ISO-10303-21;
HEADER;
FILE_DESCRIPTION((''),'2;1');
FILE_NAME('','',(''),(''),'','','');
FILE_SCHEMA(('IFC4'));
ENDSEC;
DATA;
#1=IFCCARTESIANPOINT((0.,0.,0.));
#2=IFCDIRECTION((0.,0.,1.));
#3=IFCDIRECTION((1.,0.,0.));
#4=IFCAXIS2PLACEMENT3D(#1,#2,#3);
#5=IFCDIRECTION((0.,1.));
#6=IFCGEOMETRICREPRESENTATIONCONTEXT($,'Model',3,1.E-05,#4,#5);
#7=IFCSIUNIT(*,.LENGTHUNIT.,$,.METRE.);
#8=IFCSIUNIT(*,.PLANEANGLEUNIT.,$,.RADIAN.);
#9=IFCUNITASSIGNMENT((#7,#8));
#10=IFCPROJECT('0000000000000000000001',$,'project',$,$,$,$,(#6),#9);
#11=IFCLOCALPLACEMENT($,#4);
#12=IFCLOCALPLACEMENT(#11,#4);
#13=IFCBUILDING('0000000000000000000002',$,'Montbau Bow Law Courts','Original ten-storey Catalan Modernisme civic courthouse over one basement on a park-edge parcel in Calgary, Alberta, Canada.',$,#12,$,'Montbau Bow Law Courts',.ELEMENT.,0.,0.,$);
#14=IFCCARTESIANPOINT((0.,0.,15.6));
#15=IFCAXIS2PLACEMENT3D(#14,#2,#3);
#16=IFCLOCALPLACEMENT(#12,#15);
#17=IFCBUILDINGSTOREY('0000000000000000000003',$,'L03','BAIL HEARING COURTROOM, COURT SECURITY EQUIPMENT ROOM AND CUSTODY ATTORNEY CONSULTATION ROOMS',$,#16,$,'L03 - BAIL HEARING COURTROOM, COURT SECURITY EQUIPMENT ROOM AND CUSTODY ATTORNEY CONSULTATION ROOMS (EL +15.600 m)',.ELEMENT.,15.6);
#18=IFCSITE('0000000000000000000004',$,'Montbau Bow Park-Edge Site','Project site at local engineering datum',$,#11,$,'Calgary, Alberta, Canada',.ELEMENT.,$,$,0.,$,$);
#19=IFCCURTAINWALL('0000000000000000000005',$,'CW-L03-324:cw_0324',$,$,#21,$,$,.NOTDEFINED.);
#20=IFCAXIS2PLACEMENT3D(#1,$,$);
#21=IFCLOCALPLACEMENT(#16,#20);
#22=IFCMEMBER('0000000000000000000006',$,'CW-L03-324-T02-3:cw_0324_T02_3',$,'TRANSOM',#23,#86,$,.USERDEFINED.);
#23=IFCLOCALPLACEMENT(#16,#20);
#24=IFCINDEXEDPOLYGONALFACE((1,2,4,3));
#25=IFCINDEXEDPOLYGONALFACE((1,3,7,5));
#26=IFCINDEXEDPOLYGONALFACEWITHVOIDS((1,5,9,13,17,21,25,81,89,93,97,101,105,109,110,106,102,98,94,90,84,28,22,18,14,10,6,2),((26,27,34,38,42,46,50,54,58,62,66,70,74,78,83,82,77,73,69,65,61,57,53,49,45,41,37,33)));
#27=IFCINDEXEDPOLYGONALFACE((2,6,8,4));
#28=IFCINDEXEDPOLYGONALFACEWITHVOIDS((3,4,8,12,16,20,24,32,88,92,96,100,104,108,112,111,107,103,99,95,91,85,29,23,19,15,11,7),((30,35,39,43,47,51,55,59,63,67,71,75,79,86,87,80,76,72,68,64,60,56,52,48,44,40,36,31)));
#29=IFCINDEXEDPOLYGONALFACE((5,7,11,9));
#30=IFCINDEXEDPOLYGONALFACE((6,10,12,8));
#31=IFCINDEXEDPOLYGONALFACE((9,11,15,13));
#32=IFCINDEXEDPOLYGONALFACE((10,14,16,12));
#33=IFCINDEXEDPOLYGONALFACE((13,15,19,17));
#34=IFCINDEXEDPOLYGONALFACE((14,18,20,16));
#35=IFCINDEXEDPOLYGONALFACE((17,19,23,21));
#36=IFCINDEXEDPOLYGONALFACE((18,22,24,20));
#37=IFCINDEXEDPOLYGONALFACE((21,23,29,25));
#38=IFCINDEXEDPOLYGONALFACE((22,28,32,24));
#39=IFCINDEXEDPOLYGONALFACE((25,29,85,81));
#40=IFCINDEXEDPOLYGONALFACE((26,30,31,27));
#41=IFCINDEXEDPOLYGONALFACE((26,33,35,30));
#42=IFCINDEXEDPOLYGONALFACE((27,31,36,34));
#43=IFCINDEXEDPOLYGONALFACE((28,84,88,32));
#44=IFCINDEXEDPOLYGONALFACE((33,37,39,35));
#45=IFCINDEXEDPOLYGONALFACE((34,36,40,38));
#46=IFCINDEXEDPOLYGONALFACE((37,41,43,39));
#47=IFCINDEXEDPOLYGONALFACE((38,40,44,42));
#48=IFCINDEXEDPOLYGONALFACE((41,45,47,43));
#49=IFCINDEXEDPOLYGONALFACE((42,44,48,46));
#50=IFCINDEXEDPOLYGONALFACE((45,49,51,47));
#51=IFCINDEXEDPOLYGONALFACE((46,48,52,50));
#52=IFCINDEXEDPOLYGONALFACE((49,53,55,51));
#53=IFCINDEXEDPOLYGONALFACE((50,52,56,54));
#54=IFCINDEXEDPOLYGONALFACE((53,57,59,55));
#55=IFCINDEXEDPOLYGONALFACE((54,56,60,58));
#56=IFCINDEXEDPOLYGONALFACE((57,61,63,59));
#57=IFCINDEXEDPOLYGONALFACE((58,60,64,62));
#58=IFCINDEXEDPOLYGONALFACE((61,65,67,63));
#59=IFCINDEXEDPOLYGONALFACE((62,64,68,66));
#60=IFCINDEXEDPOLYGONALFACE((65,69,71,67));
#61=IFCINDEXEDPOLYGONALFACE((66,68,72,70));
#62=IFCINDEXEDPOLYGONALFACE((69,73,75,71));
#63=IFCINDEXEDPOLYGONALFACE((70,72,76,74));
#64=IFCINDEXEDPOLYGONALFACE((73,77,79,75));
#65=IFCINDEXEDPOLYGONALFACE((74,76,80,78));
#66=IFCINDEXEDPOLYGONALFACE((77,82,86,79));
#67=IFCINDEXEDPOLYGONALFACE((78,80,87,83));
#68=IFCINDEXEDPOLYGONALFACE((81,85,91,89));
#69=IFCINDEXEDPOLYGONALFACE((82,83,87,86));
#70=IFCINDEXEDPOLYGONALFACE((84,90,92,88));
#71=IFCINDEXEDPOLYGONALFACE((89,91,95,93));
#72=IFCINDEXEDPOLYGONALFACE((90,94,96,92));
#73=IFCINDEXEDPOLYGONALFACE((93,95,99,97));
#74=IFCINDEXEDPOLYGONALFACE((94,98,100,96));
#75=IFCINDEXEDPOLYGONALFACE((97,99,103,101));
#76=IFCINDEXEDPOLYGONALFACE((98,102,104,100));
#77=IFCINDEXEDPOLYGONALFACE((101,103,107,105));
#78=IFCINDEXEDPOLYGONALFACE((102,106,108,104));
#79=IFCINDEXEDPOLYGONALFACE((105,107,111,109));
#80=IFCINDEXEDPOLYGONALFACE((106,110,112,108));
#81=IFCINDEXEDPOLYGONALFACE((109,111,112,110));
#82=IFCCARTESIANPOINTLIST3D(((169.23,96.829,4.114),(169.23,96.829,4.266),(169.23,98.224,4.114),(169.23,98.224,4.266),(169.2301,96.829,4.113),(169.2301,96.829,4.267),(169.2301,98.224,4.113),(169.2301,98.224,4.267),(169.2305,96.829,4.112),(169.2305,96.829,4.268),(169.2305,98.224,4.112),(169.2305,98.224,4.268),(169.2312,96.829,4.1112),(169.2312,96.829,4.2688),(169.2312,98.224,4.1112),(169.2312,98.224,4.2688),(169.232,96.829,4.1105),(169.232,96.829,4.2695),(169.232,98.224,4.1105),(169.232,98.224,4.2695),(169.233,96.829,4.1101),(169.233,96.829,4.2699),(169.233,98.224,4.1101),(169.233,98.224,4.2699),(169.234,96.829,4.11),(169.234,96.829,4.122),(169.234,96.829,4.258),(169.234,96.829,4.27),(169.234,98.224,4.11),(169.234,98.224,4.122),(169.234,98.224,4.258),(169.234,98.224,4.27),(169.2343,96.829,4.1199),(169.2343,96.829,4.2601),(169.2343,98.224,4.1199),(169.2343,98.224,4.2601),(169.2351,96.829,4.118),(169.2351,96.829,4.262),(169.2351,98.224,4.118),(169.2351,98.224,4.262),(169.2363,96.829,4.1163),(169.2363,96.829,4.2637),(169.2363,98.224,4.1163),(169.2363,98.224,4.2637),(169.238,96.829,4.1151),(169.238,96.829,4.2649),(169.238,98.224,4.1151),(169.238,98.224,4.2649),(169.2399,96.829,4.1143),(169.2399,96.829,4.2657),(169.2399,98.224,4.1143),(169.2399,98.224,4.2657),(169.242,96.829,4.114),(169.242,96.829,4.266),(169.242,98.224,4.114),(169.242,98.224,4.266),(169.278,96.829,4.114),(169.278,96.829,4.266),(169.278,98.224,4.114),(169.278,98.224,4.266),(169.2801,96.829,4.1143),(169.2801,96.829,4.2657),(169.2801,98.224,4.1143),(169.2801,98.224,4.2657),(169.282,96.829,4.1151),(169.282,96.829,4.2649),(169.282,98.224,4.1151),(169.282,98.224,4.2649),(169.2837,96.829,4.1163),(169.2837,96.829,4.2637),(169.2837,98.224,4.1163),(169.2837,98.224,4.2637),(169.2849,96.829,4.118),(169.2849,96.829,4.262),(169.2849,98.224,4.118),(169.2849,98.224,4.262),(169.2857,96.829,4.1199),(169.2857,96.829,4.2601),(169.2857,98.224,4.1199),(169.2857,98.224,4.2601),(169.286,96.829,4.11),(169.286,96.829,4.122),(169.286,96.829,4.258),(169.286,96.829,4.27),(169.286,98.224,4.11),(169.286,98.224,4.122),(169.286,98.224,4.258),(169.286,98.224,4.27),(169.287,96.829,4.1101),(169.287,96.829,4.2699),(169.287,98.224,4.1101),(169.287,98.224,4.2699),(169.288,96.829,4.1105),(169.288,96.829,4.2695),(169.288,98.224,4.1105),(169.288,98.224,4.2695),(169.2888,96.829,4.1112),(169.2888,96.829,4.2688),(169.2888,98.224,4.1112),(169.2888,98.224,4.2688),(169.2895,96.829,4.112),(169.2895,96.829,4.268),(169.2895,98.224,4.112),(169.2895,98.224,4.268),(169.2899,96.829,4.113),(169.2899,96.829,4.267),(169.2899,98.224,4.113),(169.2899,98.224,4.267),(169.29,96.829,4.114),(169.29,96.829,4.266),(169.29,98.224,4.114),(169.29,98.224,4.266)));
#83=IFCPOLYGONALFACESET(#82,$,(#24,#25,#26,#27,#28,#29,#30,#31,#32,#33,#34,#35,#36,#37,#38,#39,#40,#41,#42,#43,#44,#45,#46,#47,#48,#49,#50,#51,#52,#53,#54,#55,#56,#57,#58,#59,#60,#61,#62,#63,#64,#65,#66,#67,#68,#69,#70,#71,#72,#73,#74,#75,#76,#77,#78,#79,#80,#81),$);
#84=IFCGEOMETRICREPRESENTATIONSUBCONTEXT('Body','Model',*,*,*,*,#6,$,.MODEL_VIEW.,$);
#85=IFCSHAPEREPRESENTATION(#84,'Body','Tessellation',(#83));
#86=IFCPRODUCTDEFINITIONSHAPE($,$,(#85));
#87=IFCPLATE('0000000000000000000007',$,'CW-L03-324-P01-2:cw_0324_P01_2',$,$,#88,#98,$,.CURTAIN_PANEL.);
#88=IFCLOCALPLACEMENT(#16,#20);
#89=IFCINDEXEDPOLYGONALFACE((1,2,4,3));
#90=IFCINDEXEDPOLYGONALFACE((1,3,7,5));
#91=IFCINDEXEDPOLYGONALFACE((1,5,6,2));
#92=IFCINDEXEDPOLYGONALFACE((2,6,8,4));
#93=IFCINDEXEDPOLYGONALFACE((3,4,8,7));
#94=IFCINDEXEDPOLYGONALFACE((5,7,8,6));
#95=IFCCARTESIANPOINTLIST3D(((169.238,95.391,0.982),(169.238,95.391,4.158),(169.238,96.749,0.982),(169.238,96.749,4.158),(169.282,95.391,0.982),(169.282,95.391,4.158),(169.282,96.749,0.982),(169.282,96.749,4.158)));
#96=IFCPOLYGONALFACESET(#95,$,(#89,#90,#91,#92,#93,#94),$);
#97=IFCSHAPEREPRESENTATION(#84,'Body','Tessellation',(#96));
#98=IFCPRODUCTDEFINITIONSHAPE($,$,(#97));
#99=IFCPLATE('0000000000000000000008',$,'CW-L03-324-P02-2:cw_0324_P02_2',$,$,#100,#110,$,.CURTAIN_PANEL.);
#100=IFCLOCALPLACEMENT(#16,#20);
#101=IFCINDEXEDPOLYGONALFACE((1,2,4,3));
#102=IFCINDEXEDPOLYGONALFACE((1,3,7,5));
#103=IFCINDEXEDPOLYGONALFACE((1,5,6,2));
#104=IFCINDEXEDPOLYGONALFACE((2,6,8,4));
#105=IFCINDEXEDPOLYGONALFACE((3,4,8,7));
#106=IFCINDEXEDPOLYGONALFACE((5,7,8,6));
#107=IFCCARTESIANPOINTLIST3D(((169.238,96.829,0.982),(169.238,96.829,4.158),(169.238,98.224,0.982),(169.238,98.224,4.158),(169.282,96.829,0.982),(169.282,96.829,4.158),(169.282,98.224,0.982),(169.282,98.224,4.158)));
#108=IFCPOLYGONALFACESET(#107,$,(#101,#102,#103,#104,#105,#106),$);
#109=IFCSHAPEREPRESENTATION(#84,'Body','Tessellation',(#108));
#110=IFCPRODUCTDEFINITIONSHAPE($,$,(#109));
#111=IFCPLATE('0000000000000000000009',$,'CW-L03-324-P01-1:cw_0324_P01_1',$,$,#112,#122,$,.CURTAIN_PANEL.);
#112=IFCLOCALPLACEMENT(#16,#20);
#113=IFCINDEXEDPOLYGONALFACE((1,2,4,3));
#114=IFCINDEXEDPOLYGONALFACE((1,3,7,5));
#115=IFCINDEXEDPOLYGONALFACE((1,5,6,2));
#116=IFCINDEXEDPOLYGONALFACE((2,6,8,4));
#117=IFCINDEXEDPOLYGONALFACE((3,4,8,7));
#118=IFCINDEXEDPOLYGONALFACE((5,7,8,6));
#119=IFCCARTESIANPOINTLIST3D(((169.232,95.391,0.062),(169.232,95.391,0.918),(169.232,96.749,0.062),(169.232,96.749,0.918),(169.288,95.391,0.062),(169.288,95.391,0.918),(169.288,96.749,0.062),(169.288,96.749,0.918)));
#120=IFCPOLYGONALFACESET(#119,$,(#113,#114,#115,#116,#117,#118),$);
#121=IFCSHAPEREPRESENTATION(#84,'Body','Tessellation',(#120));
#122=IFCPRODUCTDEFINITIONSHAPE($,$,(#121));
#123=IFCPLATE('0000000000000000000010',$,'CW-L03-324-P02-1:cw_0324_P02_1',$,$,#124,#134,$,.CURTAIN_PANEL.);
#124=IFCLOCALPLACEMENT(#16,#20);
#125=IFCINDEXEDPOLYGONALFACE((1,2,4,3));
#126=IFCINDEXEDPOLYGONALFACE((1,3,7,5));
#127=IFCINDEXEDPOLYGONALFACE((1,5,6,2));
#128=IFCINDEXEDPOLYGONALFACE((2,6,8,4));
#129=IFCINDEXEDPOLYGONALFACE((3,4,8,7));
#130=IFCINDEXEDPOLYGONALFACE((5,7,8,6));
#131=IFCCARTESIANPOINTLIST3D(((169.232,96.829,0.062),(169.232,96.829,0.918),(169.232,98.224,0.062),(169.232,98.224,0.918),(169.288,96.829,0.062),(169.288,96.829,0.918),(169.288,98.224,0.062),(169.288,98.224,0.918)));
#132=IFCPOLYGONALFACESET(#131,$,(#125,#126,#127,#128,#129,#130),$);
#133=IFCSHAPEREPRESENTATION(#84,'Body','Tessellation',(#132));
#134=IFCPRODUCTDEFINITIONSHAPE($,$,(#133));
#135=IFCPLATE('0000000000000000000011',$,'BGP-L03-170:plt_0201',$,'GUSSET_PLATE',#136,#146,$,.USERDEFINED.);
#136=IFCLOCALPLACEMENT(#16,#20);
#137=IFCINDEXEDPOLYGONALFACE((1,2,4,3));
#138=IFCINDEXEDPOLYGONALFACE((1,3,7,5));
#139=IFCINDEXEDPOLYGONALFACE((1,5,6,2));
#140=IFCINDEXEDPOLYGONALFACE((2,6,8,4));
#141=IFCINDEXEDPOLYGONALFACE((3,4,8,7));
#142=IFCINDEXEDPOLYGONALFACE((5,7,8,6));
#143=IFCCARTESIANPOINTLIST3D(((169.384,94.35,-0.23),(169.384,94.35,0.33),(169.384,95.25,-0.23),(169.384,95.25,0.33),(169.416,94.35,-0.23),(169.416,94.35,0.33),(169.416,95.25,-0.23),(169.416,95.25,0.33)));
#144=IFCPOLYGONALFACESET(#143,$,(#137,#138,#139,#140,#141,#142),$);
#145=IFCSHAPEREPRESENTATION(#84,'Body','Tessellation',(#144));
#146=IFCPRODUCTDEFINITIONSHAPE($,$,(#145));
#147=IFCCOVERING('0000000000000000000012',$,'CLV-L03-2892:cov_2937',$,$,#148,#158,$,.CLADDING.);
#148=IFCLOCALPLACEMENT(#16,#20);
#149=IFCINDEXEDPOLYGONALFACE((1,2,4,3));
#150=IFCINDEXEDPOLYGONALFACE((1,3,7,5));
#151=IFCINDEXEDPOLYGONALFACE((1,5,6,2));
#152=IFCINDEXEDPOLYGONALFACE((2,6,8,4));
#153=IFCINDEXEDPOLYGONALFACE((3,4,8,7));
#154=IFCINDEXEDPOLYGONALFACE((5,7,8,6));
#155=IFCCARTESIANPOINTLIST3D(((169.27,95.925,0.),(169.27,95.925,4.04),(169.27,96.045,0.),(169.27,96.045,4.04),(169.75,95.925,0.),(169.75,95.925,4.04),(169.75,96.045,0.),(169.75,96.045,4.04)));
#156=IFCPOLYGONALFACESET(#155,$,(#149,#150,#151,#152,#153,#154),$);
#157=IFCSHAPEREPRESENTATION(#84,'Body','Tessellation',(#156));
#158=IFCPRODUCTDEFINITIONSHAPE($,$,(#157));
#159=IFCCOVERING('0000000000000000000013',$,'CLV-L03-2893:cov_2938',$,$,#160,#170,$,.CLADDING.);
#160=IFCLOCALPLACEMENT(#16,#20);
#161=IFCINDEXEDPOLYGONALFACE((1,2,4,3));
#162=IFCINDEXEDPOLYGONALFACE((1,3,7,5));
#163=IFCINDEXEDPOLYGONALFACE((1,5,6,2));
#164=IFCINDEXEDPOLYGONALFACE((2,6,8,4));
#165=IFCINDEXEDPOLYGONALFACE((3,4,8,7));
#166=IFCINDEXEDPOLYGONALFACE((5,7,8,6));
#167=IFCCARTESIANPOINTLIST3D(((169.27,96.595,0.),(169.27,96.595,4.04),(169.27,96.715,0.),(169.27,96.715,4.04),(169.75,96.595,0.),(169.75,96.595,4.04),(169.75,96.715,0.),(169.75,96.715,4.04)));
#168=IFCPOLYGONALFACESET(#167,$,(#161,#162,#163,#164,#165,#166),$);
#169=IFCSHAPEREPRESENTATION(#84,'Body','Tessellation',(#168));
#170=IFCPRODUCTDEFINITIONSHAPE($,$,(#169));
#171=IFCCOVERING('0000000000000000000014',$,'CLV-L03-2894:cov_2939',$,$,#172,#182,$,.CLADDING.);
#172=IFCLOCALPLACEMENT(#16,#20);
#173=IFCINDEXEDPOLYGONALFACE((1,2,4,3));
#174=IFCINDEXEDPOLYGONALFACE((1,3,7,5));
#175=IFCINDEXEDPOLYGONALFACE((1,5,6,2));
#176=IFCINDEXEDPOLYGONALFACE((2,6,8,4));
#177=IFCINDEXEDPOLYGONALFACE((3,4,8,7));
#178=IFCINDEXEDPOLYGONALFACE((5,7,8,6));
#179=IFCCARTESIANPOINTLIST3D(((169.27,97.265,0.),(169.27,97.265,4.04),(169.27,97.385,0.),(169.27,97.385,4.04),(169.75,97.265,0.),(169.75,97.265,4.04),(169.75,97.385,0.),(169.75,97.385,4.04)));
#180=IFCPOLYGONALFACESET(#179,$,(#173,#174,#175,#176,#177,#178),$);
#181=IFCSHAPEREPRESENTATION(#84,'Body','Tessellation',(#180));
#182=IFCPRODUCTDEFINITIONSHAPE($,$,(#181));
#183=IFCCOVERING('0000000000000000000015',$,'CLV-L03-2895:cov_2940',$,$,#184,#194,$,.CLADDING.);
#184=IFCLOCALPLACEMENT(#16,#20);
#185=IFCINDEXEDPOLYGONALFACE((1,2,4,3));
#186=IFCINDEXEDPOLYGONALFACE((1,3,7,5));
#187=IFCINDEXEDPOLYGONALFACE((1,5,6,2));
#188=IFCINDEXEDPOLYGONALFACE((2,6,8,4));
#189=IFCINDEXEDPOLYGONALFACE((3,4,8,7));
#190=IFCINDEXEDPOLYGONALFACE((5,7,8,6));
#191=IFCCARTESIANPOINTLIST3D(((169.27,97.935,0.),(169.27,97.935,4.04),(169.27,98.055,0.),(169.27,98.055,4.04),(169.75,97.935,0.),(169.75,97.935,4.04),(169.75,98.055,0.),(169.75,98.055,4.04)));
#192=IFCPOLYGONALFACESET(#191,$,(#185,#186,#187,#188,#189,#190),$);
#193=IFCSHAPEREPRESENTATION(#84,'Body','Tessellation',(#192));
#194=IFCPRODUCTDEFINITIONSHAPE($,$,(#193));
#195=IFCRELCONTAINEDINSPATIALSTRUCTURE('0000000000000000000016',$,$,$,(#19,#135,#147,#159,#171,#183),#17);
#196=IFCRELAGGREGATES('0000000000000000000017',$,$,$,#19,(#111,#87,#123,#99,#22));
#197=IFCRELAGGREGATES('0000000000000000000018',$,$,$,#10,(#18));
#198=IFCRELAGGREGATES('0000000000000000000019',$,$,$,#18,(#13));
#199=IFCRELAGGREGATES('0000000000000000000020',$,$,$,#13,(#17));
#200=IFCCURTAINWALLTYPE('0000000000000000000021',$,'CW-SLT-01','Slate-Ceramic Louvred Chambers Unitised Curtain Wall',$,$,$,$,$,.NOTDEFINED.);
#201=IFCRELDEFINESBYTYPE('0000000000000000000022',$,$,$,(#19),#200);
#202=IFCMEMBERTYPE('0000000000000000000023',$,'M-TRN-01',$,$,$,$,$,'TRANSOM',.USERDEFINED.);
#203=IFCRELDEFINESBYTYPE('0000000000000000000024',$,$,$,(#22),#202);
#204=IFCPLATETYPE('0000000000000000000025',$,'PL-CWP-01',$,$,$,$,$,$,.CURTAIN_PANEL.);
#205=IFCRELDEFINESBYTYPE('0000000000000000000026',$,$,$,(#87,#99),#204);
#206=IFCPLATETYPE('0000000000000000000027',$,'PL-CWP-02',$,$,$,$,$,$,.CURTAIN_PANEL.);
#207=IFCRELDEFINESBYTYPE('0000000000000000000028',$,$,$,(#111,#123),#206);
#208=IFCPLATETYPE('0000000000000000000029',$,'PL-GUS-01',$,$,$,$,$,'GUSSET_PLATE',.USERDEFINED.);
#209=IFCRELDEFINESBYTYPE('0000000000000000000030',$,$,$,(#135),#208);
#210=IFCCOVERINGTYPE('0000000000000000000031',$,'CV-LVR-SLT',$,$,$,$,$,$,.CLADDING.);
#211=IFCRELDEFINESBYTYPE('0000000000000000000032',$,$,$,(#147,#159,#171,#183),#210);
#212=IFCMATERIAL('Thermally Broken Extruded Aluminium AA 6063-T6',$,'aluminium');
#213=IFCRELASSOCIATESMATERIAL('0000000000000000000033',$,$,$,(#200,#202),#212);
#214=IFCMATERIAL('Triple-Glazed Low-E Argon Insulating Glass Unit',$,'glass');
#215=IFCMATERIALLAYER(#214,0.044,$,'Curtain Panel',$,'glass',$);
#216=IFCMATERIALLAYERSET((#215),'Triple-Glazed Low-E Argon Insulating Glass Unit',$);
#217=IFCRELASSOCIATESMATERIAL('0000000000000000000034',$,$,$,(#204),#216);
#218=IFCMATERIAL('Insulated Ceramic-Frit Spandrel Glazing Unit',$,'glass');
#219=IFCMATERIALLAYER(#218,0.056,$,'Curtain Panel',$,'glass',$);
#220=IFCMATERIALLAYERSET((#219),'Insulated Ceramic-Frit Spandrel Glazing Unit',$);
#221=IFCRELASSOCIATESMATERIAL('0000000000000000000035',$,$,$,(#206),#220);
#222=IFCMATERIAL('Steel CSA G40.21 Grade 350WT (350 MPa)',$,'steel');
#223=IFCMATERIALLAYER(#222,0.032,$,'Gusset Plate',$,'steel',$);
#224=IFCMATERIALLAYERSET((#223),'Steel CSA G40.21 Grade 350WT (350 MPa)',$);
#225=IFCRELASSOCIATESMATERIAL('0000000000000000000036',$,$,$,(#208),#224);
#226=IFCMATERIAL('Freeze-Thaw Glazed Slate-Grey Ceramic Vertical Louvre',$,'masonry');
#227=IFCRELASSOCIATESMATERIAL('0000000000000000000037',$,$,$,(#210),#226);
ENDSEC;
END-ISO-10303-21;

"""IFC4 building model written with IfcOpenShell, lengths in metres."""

from ifc_helpers import new_model, si_unit, direction, frame, frame_2d, origin_with_axes, origin_2d_with_axis, place, context, subcontext, project, spatial, rectangle, hollow_rectangle, extrude, material, layer, layer_set, material_profile, profile_set, type_object, element, aggregate, save


model = new_model("IFC4")

# Units and contexts
model_context = context("Model", 3, precision=1e-05, world=origin_with_axes(), true_north=direction((0.0, 1.0)))
body_context = subcontext(model_context, "Body", "Model", "MODEL_VIEW")
ifc_project = project(units=[si_unit("LENGTHUNIT", "METRE"), si_unit("PLANEANGLEUNIT", "RADIAN")], contexts=[model_context])

# Site, building, storey
site_placement = place(None, origin_with_axes())
site = spatial("IfcSite", under=ifc_project, at=site_placement, Name="Montbau Bow Park-Edge Site", Description="Project site at local engineering datum", LongName="Calgary, Alberta, Canada", CompositionType="ELEMENT", RefElevation=0.0)
building_placement = place(site_placement, origin_with_axes())
building = spatial("IfcBuilding", under=site, at=building_placement, Name="Montbau Bow Law Courts", Description="Original ten-storey Catalan Modernisme civic courthouse over one basement on a park-edge parcel in Calgary, Alberta, Canada.", LongName="Montbau Bow Law Courts", CompositionType="ELEMENT", ElevationOfRefHeight=0.0, ElevationOfTerrain=0.0)
storey_placement = place(building_placement, frame((0.0, 0.0, 15.6), z_axis=(0.0, 0.0, 1.0), x_axis=(1.0, 0.0, 0.0)))
storey = spatial("IfcBuildingStorey", under=building, at=storey_placement, Name="L03", Description="BAIL HEARING COURTROOM, COURT SECURITY EQUIPMENT ROOM AND CUSTODY ATTORNEY CONSULTATION ROOMS", LongName="L03 - BAIL HEARING COURTROOM, COURT SECURITY EQUIPMENT ROOM AND CUSTODY ATTORNEY CONSULTATION ROOMS (EL +15.600 m)", CompositionType="ELEMENT", Elevation=15.6)

# Shared definitions
ifc_material_1 = material(Name="Steel CSA G40.21 Grade 350WT (350 MPa)", Category="steel")

# Curtain wall
ifc_material_2 = material(Name="Thermally Broken Extruded Aluminium AA 6063-T6", Category="aluminium")
curtain_wall_type = type_object("IfcCurtainWallType", Name="CW-SLT-01", Description="Slate-Ceramic Louvred Chambers Unitised Curtain Wall", PredefinedType="NOTDEFINED", material=ifc_material_2)
curtain_wall_1_placement = place(None, frame((169.26, 95.315, 15.6), z_axis=(0.0, 0.0, 1.0), x_axis=(1.0, 0.0, 0.0)))
curtain_wall_1 = element("IfcCurtainWall", 1, at=curtain_wall_1_placement, inside=storey, type_object=curtain_wall_type, Name="CW-L03-324:cw_0324", PredefinedType="NOTDEFINED")

# Member
ifc_material_profile_1 = material_profile(ifc_material_2, hollow_rectangle(XDim=0.06, YDim=0.16, WallThickness=0.004, InnerFilletRadius=0.008, OuterFilletRadius=0.004, at=origin_2d_with_axis()), Name="CWT-160X60", Category="Main", Priority=0)
ifc_profile_set_1 = profile_set([ifc_material_profile_1], Name="Thermally Broken Extruded Aluminium AA 6063-T6")
member_type_1 = type_object("IfcMemberType", Name="M-TRN-01", ElementType="TRANSOM", PredefinedType="USERDEFINED", material=ifc_profile_set_1)
member_1_placement = place(None, frame((169.26, 96.829, 19.79), z_axis=(0.0, 1.0, 0.0), x_axis=(-1.0, 0.0, 0.0)))
member_1 = element("IfcMember", 2, at=member_1_placement, type_object=member_type_1, Name="CW-L03-324-T02-3:cw_0324_T02_3", ObjectType="TRANSOM", PredefinedType="USERDEFINED", context=body_context, shape_type="SweptSolid", body=[
    extrude(hollow_rectangle(XDim=0.06, YDim=0.16, WallThickness=0.004, InnerFilletRadius=0.008, OuterFilletRadius=0.004, at=origin_2d_with_axis()), origin_with_axes(), (0.0, 0.0, 1.0), 1.395),
])

# Plates
ifc_material_3 = material(Name="Triple-Glazed Low-E Argon Insulating Glass Unit", Category="glass")
ifc_layer_1 = layer(ifc_material_3, 0.044, Name="Curtain Panel", Category="glass")
ifc_layer_set_1 = layer_set([ifc_layer_1], Name="Triple-Glazed Low-E Argon Insulating Glass Unit")
plate_type_1 = type_object("IfcPlateType", Name="PL-CWP-01", PredefinedType="CURTAIN_PANEL", material=ifc_layer_set_1)
plate_1_placement = place(None, frame((169.26, 95.391, 16.582), z_axis=(1.0, 0.0, 0.0), x_axis=(0.0, 1.0, 0.0)))
plate_1 = element("IfcPlate", 3, at=plate_1_placement, type_object=plate_type_1, Name="CW-L03-324-P01-2:cw_0324_P01_2", PredefinedType="CURTAIN_PANEL", context=body_context, shape_type="SweptSolid", body=[
    extrude(rectangle(XDim=1.358, YDim=3.176, at=frame_2d((0.679, 1.588), x_axis=(1.0, 0.0))), frame((0.0, 0.0, -0.022), z_axis=(0.0, 0.0, 1.0), x_axis=(1.0, 0.0, 0.0)), (0.0, 0.0, 1.0), 0.044),
])
plate_2_placement = place(None, frame((169.26, 96.829, 16.582), z_axis=(1.0, 0.0, 0.0), x_axis=(0.0, 1.0, 0.0)))
plate_2 = element("IfcPlate", 4, at=plate_2_placement, type_object=plate_type_1, Name="CW-L03-324-P02-2:cw_0324_P02_2", PredefinedType="CURTAIN_PANEL", context=body_context, shape_type="SweptSolid", body=[
    extrude(rectangle(XDim=1.395, YDim=3.176, at=frame_2d((0.6975, 1.588), x_axis=(1.0, 0.0))), frame((0.0, 0.0, -0.022), z_axis=(0.0, 0.0, 1.0), x_axis=(1.0, 0.0, 0.0)), (0.0, 0.0, 1.0), 0.044),
])
ifc_material_4 = material(Name="Insulated Ceramic-Frit Spandrel Glazing Unit", Category="glass")
ifc_layer_2 = layer(ifc_material_4, 0.056, Name="Curtain Panel", Category="glass")
ifc_layer_set_2 = layer_set([ifc_layer_2], Name="Insulated Ceramic-Frit Spandrel Glazing Unit")
plate_type_2 = type_object("IfcPlateType", Name="PL-CWP-02", PredefinedType="CURTAIN_PANEL", material=ifc_layer_set_2)
plate_3_placement = place(None, frame((169.26, 95.391, 15.662), z_axis=(1.0, 0.0, 0.0), x_axis=(0.0, 1.0, 0.0)))
plate_3 = element("IfcPlate", 5, at=plate_3_placement, type_object=plate_type_2, Name="CW-L03-324-P01-1:cw_0324_P01_1", PredefinedType="CURTAIN_PANEL", context=body_context, shape_type="SweptSolid", body=[
    extrude(rectangle(XDim=1.358, YDim=0.856, at=frame_2d((0.679, 0.428), x_axis=(1.0, 0.0))), frame((0.0, 0.0, -0.028), z_axis=(0.0, 0.0, 1.0), x_axis=(1.0, 0.0, 0.0)), (0.0, 0.0, 1.0), 0.056),
])
plate_4_placement = place(None, frame((169.26, 96.829, 15.662), z_axis=(1.0, 0.0, 0.0), x_axis=(0.0, 1.0, 0.0)))
plate_4 = element("IfcPlate", 6, at=plate_4_placement, type_object=plate_type_2, Name="CW-L03-324-P02-1:cw_0324_P02_1", PredefinedType="CURTAIN_PANEL", context=body_context, shape_type="SweptSolid", body=[
    extrude(rectangle(XDim=1.395, YDim=0.856, at=frame_2d((0.6975, 0.428), x_axis=(1.0, 0.0))), frame((0.0, 0.0, -0.028), z_axis=(0.0, 0.0, 1.0), x_axis=(1.0, 0.0, 0.0)), (0.0, 0.0, 1.0), 0.056),
])
aggregate(curtain_wall_1, [plate_3, plate_1, plate_4, plate_2, member_1])
ifc_layer_3 = layer(ifc_material_1, 0.032, Name="Gusset Plate", Category="steel")
ifc_layer_set_3 = layer_set([ifc_layer_3], Name="Steel CSA G40.21 Grade 350WT (350 MPa)")
plate_type_3 = type_object("IfcPlateType", Name="PL-GUS-01", ElementType="GUSSET_PLATE", PredefinedType="USERDEFINED", material=ifc_layer_set_3)
plate_5_placement = place(None, frame((169.4, 94.8, 15.37), z_axis=(0.0, 0.0, 1.0), x_axis=(0.0, 1.0, 0.0)))
element("IfcPlate", 7, at=plate_5_placement, inside=storey, type_object=plate_type_3, Name="BGP-L03-170:plt_0201", ObjectType="GUSSET_PLATE", PredefinedType="USERDEFINED", context=body_context, shape_type="SweptSolid", body=[
    extrude(rectangle(XDim=0.9, YDim=0.032, at=origin_2d_with_axis()), origin_with_axes(), (0.0, 0.0, 1.0), 0.56),
])

# Coverings
ifc_material_5 = material(Name="Freeze-Thaw Glazed Slate-Grey Ceramic Vertical Louvre", Category="masonry")
covering_type = type_object("IfcCoveringType", Name="CV-LVR-SLT", PredefinedType="CLADDING", material=ifc_material_5)
for number, where, z_axis, x_axis, name in (
    (8, (169.27, 95.985, 15.6), (0.0, -1.0, 0.0), (1.0, 0.0, 0.0), "CLV-L03-2892:cov_2937"),
    (9, (169.27, 96.655, 15.6), (0.0, -1.0, 0.0), (1.0, 0.0, 0.0), "CLV-L03-2893:cov_2938"),
    (10, (169.27, 97.325, 15.6), (0.0, -1.0, 0.0), (1.0, 0.0, 0.0), "CLV-L03-2894:cov_2939"),
    (11, (169.27, 97.995, 15.6), (0.0, -1.0, 0.0), (1.0, 0.0, 0.0), "CLV-L03-2895:cov_2940"),
):
    element("IfcCovering", number, at=place(None, frame(where, z_axis=z_axis, x_axis=x_axis)), inside=storey, type_object=covering_type, Name=name, PredefinedType="CLADDING", context=body_context, shape_type="SweptSolid", body=[
        extrude(rectangle(XDim=0.48, YDim=4.04, at=frame_2d((0.24, 2.02), x_axis=(1.0, 0.0))), frame((0.0, 0.0, -0.06), z_axis=(0.0, 0.0, 1.0), x_axis=(1.0, 0.0, 0.0)), (0.0, 0.0, 1.0), 0.12),
    ])

save(model, "model.ifc")
